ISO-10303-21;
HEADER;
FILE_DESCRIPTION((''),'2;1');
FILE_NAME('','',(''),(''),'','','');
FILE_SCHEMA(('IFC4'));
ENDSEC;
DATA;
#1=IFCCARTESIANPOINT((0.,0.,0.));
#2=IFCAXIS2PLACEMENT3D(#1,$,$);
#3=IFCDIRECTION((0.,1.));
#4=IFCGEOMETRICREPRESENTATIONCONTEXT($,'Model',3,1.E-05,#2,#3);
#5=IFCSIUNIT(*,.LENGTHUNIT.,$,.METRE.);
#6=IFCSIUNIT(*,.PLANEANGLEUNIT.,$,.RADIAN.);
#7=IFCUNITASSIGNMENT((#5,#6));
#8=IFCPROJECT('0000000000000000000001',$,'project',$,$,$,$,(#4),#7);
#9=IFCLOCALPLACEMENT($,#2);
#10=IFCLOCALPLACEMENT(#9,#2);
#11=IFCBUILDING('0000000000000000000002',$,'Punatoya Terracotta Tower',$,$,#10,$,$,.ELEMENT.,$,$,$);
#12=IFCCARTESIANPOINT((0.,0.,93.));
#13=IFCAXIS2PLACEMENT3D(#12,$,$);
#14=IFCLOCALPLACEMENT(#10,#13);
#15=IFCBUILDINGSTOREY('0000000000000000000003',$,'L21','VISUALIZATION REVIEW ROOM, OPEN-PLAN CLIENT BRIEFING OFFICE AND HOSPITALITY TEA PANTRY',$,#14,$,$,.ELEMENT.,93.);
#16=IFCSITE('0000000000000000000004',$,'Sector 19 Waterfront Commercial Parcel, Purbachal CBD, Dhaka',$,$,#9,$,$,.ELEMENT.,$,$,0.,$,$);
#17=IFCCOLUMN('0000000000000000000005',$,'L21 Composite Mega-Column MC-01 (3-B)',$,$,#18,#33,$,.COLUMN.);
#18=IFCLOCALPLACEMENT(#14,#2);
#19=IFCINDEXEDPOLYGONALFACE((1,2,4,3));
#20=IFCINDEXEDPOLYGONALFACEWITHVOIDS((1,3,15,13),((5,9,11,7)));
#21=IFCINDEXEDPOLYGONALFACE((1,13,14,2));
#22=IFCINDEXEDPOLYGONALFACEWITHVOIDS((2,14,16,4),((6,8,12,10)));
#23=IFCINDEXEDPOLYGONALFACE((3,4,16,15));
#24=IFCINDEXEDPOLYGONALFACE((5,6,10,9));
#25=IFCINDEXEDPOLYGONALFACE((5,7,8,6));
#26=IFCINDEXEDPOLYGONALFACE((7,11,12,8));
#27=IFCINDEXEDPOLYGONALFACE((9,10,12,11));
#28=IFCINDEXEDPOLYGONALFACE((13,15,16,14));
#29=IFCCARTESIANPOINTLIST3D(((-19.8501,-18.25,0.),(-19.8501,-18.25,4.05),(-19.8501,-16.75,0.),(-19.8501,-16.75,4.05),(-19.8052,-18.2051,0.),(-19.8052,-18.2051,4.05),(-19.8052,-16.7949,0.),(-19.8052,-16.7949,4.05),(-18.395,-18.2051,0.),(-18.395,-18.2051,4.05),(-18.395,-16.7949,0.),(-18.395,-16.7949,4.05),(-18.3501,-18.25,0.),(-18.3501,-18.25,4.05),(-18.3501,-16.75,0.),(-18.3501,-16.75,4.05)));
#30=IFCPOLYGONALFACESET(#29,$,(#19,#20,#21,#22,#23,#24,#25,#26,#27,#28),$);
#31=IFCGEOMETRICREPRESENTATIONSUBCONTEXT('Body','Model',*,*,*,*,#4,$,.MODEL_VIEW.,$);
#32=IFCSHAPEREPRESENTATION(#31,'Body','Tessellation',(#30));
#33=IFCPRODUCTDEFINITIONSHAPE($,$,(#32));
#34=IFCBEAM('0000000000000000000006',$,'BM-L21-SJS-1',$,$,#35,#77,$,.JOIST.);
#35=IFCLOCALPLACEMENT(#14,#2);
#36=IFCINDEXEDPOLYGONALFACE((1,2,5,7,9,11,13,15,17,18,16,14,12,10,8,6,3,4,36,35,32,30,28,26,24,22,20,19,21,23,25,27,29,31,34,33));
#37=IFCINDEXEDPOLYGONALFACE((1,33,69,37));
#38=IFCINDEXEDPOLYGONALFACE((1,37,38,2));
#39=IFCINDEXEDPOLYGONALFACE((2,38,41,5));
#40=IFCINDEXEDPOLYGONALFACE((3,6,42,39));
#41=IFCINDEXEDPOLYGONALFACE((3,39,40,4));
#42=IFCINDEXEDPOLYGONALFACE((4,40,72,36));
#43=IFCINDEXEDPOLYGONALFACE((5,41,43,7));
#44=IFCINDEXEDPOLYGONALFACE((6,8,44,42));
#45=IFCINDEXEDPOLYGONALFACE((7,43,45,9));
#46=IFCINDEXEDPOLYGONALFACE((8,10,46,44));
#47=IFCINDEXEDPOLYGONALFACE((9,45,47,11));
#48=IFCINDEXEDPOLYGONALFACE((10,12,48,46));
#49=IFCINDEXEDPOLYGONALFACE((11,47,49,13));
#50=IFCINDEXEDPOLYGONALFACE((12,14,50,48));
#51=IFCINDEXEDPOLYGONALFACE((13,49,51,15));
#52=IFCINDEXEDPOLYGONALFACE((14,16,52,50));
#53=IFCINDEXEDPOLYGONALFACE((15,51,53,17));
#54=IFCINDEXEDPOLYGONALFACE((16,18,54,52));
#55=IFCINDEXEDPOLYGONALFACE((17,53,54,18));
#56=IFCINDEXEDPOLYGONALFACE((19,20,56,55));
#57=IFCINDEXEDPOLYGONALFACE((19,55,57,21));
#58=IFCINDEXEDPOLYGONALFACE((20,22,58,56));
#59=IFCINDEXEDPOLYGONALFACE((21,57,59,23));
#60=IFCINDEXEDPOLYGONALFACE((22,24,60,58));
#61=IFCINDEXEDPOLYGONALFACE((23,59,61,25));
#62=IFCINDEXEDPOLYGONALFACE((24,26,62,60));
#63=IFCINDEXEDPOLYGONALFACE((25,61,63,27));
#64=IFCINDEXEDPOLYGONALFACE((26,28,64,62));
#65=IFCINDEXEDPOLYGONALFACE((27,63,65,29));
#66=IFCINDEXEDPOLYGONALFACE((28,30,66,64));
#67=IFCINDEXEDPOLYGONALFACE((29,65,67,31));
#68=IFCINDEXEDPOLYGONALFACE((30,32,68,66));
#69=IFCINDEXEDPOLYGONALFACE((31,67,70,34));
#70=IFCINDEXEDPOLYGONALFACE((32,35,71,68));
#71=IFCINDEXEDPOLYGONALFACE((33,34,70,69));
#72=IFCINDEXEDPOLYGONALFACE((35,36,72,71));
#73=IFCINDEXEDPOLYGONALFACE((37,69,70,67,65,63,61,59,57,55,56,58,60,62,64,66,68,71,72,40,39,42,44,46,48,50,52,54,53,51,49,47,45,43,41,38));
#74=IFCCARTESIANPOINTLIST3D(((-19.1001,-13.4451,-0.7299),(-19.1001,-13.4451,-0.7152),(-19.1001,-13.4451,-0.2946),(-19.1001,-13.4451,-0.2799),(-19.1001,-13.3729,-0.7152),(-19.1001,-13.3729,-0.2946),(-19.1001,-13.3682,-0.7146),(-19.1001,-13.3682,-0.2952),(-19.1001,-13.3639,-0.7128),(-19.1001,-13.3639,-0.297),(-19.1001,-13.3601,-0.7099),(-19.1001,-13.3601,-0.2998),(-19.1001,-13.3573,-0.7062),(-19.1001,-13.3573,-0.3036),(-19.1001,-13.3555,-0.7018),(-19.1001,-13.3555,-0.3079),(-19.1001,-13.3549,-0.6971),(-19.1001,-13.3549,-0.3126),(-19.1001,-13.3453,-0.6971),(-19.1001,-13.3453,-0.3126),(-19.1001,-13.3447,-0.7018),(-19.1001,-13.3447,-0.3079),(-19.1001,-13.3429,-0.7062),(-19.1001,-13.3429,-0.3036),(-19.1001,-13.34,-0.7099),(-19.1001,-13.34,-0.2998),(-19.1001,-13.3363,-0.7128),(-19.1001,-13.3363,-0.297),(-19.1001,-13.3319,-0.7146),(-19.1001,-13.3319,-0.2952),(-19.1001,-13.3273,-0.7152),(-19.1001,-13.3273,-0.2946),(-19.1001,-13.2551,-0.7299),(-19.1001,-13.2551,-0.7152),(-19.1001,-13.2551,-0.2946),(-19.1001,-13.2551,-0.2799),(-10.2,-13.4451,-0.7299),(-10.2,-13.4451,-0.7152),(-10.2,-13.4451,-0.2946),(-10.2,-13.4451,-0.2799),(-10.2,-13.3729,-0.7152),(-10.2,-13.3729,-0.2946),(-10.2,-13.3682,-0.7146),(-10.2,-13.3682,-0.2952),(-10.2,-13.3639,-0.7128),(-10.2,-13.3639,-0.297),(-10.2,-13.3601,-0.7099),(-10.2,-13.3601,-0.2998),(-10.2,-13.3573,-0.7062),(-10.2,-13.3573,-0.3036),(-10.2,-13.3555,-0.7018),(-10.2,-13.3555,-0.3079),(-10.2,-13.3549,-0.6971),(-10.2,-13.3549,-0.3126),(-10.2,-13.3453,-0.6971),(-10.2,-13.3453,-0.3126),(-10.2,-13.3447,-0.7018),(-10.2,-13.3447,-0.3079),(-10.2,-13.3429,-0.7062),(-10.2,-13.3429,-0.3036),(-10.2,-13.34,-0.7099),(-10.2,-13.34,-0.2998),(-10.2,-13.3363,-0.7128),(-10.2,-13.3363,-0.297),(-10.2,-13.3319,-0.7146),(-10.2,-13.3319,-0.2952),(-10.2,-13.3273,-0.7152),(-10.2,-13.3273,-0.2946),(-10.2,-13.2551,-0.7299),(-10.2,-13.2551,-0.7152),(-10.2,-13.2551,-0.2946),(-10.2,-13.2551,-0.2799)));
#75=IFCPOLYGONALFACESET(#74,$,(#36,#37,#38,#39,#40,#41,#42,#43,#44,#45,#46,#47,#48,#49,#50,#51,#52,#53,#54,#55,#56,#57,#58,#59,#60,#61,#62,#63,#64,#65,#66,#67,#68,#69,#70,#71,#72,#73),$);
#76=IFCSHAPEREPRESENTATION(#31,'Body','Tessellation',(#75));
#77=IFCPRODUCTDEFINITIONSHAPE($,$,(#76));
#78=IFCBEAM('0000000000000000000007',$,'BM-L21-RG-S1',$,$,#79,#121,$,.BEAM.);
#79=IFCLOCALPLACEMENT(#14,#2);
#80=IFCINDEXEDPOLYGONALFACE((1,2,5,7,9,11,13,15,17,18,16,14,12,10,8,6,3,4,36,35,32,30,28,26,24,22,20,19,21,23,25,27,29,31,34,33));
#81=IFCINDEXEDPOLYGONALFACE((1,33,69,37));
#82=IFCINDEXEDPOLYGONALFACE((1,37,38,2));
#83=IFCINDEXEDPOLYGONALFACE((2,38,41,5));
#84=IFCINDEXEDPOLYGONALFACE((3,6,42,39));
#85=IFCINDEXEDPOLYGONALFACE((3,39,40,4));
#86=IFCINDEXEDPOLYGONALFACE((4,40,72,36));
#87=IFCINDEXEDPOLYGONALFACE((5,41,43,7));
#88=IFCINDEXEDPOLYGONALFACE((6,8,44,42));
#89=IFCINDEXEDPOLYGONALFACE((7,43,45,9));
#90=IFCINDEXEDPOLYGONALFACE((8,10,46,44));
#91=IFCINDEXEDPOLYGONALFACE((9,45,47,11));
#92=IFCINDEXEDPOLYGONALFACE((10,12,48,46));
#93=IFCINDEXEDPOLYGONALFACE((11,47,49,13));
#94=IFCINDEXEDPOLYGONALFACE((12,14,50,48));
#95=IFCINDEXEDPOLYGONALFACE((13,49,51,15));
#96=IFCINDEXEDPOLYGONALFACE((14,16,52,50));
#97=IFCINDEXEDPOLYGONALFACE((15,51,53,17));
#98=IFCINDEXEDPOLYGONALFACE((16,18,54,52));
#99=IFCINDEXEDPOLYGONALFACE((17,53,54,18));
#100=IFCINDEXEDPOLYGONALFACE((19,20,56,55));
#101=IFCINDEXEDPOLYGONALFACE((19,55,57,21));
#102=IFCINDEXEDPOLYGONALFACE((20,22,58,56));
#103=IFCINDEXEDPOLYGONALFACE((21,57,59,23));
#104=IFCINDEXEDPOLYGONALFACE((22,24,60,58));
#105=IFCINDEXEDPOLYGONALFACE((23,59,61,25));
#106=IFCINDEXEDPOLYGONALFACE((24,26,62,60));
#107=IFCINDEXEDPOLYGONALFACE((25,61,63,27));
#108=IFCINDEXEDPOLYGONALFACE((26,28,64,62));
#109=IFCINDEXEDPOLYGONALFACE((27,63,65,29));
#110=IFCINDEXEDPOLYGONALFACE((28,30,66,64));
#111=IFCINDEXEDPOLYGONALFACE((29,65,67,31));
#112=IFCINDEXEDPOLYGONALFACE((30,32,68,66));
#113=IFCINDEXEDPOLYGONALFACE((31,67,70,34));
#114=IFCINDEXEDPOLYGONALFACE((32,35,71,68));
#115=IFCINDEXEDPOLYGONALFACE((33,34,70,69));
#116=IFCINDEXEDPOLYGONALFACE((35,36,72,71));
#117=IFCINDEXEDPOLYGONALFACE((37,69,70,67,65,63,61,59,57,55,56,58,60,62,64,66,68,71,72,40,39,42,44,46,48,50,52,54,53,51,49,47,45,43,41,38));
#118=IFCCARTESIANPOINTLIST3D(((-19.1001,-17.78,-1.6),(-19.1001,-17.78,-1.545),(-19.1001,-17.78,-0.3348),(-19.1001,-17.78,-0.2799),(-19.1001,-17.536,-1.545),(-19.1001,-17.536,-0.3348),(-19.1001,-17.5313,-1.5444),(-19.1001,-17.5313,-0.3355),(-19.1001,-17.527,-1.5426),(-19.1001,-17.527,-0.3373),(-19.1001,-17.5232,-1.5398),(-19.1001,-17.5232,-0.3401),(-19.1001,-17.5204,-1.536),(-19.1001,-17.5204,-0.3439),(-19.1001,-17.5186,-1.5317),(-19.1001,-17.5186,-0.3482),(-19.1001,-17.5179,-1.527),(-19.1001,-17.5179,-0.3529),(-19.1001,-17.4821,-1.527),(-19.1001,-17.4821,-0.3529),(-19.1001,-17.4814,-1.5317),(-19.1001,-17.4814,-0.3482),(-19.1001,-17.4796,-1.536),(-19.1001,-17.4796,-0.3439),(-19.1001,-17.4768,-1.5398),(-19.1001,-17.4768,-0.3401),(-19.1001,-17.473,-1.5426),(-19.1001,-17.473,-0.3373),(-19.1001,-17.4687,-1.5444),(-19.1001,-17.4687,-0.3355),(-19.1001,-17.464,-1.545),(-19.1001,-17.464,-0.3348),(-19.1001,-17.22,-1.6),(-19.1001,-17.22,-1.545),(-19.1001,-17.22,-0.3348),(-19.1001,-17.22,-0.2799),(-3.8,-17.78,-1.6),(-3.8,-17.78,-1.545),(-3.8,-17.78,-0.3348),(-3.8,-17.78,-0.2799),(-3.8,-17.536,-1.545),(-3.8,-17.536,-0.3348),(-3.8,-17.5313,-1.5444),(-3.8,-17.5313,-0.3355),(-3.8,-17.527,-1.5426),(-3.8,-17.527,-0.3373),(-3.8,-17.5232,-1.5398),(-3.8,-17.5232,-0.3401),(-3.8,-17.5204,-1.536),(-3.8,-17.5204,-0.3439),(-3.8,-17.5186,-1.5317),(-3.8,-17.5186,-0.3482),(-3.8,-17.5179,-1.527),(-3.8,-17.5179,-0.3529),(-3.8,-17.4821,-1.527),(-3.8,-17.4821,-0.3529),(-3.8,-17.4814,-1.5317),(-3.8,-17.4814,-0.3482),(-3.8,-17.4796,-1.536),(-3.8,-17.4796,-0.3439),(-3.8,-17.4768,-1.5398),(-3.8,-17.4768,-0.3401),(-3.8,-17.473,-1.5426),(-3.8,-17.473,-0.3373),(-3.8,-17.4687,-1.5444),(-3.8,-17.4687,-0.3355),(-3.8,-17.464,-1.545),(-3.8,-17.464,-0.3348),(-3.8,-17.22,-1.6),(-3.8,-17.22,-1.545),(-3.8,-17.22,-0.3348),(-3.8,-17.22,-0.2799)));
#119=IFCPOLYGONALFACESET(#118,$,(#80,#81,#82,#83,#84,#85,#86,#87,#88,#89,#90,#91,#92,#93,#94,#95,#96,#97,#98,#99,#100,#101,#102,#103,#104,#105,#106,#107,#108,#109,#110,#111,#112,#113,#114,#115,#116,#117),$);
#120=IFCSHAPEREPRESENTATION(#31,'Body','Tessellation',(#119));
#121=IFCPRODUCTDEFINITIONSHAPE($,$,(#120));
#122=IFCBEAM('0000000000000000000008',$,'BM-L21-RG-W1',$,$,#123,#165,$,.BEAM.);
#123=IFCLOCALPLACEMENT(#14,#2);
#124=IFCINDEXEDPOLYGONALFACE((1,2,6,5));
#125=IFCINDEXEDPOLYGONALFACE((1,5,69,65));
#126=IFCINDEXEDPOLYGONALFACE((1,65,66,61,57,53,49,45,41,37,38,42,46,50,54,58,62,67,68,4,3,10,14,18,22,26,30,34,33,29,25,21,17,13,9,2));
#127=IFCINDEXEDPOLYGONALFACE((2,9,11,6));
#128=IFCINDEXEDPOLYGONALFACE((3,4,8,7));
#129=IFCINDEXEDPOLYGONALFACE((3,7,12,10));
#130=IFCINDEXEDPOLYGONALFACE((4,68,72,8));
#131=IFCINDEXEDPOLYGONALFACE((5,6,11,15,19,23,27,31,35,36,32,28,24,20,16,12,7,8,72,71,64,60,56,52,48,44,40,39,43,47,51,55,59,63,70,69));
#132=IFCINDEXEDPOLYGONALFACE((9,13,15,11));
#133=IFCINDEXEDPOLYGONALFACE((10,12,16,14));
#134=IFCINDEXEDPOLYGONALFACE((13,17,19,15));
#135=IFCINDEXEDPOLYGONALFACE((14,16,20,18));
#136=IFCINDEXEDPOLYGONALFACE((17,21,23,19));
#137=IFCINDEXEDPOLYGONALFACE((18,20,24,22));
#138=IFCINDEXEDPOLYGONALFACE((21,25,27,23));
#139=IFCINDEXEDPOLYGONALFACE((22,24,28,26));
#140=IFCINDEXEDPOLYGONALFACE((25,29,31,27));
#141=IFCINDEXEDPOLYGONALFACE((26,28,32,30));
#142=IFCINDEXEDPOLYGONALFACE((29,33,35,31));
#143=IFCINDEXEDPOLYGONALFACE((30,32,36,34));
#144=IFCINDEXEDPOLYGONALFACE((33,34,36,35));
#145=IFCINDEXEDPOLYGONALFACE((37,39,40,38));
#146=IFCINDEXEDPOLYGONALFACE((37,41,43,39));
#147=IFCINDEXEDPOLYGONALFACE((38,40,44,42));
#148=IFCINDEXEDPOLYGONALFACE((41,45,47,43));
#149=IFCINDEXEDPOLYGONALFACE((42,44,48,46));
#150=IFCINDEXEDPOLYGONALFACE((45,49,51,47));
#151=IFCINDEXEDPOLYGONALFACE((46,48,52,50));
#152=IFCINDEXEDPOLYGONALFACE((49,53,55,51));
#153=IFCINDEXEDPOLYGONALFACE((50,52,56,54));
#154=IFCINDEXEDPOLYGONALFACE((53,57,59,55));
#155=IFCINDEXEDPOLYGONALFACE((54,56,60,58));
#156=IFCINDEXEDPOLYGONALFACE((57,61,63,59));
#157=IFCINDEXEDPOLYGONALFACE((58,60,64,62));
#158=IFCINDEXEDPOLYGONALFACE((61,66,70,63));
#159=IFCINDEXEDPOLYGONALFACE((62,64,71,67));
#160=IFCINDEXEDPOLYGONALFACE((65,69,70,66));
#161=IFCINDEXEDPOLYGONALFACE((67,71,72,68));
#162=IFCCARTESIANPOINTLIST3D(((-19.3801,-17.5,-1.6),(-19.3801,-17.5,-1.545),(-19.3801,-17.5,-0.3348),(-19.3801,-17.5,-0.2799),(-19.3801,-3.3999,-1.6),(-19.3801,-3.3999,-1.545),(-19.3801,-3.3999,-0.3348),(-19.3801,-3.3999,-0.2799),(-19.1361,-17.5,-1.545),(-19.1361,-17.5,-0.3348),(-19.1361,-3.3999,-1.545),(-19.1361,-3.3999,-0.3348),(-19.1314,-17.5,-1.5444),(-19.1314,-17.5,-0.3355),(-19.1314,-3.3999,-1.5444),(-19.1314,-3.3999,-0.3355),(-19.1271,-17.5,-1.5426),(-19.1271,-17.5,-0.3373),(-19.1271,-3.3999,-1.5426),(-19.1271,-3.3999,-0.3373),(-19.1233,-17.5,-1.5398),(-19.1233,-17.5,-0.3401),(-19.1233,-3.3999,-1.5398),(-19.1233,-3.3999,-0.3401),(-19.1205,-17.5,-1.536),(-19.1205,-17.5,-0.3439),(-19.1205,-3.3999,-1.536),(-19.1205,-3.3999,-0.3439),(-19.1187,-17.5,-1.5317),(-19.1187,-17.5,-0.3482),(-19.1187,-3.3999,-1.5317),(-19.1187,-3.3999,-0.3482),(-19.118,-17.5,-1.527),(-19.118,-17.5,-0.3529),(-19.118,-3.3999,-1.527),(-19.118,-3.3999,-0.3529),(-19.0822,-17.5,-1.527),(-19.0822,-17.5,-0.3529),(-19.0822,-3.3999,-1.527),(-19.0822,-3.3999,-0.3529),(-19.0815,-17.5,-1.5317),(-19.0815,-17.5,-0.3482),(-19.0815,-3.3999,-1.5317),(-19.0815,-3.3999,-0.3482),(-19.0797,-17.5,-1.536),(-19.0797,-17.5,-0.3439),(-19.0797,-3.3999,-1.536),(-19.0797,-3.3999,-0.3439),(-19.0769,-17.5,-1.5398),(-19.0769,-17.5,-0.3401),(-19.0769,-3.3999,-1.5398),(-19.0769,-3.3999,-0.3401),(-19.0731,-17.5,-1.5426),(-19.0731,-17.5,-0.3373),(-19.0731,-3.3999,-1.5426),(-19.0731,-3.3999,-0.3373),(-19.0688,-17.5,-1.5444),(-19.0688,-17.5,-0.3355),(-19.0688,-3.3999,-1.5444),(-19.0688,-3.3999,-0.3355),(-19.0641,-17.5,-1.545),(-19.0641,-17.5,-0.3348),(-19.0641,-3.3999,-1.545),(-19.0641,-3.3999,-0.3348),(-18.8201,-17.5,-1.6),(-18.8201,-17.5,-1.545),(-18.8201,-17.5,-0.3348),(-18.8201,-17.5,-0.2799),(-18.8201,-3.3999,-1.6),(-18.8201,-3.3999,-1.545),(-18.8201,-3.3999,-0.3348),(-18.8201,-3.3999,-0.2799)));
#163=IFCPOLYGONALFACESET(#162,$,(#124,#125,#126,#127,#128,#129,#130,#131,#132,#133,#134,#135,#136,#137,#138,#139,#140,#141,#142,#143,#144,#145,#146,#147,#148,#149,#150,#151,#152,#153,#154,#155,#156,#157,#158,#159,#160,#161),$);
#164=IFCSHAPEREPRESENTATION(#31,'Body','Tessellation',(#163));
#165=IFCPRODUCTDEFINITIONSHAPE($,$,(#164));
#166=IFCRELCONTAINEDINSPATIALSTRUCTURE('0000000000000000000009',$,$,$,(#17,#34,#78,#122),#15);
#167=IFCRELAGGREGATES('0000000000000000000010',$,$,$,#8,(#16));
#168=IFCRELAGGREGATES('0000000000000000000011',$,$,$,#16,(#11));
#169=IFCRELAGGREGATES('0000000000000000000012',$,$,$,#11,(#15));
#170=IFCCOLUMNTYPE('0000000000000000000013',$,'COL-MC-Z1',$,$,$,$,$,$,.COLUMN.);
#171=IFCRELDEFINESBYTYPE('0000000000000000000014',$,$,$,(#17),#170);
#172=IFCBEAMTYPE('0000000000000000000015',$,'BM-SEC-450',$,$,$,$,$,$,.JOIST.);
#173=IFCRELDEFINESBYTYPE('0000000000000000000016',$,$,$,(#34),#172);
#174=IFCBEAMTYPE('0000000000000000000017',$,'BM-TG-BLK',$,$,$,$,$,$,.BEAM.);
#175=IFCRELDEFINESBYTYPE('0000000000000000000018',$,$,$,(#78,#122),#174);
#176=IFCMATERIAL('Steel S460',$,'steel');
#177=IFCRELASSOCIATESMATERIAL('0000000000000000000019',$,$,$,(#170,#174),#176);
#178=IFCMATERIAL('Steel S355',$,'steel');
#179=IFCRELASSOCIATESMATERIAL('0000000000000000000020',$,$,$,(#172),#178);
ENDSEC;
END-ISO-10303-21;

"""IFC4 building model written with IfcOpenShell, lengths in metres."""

from ifc_helpers import new_model, si_unit, direction, frame, origin, origin_2d, place, context, subcontext, project, spatial, hollow_rectangle, i_section, extrude, material, material_profile, profile_set, type_object, element, save


model = new_model("IFC4")

# Units and contexts
model_context = context("Model", 3, precision=1e-05, world=origin(), true_north=direction((0.0, 1.0)))
body_context = subcontext(model_context, "Body", "Model", "MODEL_VIEW")
ifc_project = project(units=[si_unit("LENGTHUNIT", "METRE"), si_unit("PLANEANGLEUNIT", "RADIAN")], contexts=[model_context])

# Site, building, storey
site_placement = place(None, origin())
site = spatial("IfcSite", under=ifc_project, at=site_placement, Name="Sector 19 Waterfront Commercial Parcel, Purbachal CBD, Dhaka", CompositionType="ELEMENT", RefElevation=0.0)
building_placement = place(site_placement, origin())
building = spatial("IfcBuilding", under=site, at=building_placement, Name="Punatoya Terracotta Tower", CompositionType="ELEMENT")
storey_placement = place(building_placement, frame((0.0, 0.0, 93.0)))
storey = spatial("IfcBuildingStorey", under=building, at=storey_placement, Name="L21", Description="VISUALIZATION REVIEW ROOM, OPEN-PLAN CLIENT BRIEFING OFFICE AND HOSPITALITY TEA PANTRY", CompositionType="ELEMENT", Elevation=93.0)

# Column
ifc_material_1 = material(Name="Steel S460", Category="steel")
ifc_material_profile_1 = material_profile(ifc_material_1, hollow_rectangle(XDim=1.5, YDim=1.5, WallThickness=0.0449, at=origin_2d()))
ifc_profile_set_1 = profile_set([ifc_material_profile_1], Name="Steel S460")
column_type = type_object("IfcColumnType", Name="COL-MC-Z1", PredefinedType="COLUMN", material=ifc_profile_set_1)
column_placement = place(storey_placement, frame((-19.1001, -17.5, 0.0), z_axis=(0.0, 0.0, 1.0), x_axis=(1.0, 0.0, 0.0)))
element("IfcColumn", 1, at=column_placement, inside=storey, type_object=column_type, Name="L21 Composite Mega-Column MC-01 (3-B)", PredefinedType="COLUMN", context=body_context, shape_type="SweptSolid", body=[
    extrude(hollow_rectangle(XDim=1.5, YDim=1.5, WallThickness=0.0449, at=origin_2d()), origin(), (0.0, 0.0, 1.0), 4.05),
])

# Beams
ifc_material_2 = material(Name="Steel S355", Category="steel")
ifc_material_profile_2 = material_profile(ifc_material_2, i_section(OverallWidth=0.1899, OverallDepth=0.45, WebThickness=0.0095, FlangeThickness=0.0146, FilletRadius=0.0181, at=origin_2d()))
ifc_profile_set_2 = profile_set([ifc_material_profile_2], Name="Steel S355")
beam_type_1 = type_object("IfcBeamType", Name="BM-SEC-450", PredefinedType="JOIST", material=ifc_profile_set_2)
beam_1_placement = place(storey_placement, frame((-19.1001, -13.3501, -0.5049), z_axis=(1.0, 0.0, 0.0), x_axis=(0.0, 1.0, 0.0)))
element("IfcBeam", 2, at=beam_1_placement, inside=storey, type_object=beam_type_1, Name="BM-L21-SJS-1", PredefinedType="JOIST", context=body_context, shape_type="SweptSolid", body=[
    extrude(i_section(OverallWidth=0.1899, OverallDepth=0.45, WebThickness=0.0095, FlangeThickness=0.0146, FilletRadius=0.0181, at=origin_2d()), origin(), (0.0, 0.0, 1.0), 8.9001),
])
ifc_material_profile_3 = material_profile(ifc_material_1, i_section(OverallWidth=0.5601, OverallDepth=1.3201, WebThickness=0.0359, FlangeThickness=0.0549, FilletRadius=0.0181, at=origin_2d()))
ifc_profile_set_3 = profile_set([ifc_material_profile_3], Name="Steel S460")
beam_type_2 = type_object("IfcBeamType", Name="BM-TG-BLK", PredefinedType="BEAM", material=ifc_profile_set_3)
beam_2_placement = place(storey_placement, frame((-19.1001, -17.5, -0.9399), z_axis=(1.0, 0.0, 0.0), x_axis=(0.0, 1.0, 0.0)))
element("IfcBeam", 3, at=beam_2_placement, inside=storey, type_object=beam_type_2, Name="BM-L21-RG-S1", PredefinedType="BEAM", context=body_context, shape_type="SweptSolid", body=[
    extrude(i_section(OverallWidth=0.5601, OverallDepth=1.3201, WebThickness=0.0359, FlangeThickness=0.0549, FilletRadius=0.0181, at=origin_2d()), origin(), (0.0, 0.0, 1.0), 15.3),
])
beam_3_placement = place(storey_placement, frame((-19.1001, -17.5, -0.9399), z_axis=(0.0, 1.0, 0.0), x_axis=(-1.0, 0.0, 0.0)))
element("IfcBeam", 4, at=beam_3_placement, inside=storey, type_object=beam_type_2, Name="BM-L21-RG-W1", PredefinedType="BEAM", context=body_context, shape_type="SweptSolid", body=[
    extrude(i_section(OverallWidth=0.5601, OverallDepth=1.3201, WebThickness=0.0359, FlangeThickness=0.0549, FilletRadius=0.0181, at=origin_2d()), origin(), (0.0, 0.0, 1.0), 14.1001),
])

save(model, "model.ifc")
